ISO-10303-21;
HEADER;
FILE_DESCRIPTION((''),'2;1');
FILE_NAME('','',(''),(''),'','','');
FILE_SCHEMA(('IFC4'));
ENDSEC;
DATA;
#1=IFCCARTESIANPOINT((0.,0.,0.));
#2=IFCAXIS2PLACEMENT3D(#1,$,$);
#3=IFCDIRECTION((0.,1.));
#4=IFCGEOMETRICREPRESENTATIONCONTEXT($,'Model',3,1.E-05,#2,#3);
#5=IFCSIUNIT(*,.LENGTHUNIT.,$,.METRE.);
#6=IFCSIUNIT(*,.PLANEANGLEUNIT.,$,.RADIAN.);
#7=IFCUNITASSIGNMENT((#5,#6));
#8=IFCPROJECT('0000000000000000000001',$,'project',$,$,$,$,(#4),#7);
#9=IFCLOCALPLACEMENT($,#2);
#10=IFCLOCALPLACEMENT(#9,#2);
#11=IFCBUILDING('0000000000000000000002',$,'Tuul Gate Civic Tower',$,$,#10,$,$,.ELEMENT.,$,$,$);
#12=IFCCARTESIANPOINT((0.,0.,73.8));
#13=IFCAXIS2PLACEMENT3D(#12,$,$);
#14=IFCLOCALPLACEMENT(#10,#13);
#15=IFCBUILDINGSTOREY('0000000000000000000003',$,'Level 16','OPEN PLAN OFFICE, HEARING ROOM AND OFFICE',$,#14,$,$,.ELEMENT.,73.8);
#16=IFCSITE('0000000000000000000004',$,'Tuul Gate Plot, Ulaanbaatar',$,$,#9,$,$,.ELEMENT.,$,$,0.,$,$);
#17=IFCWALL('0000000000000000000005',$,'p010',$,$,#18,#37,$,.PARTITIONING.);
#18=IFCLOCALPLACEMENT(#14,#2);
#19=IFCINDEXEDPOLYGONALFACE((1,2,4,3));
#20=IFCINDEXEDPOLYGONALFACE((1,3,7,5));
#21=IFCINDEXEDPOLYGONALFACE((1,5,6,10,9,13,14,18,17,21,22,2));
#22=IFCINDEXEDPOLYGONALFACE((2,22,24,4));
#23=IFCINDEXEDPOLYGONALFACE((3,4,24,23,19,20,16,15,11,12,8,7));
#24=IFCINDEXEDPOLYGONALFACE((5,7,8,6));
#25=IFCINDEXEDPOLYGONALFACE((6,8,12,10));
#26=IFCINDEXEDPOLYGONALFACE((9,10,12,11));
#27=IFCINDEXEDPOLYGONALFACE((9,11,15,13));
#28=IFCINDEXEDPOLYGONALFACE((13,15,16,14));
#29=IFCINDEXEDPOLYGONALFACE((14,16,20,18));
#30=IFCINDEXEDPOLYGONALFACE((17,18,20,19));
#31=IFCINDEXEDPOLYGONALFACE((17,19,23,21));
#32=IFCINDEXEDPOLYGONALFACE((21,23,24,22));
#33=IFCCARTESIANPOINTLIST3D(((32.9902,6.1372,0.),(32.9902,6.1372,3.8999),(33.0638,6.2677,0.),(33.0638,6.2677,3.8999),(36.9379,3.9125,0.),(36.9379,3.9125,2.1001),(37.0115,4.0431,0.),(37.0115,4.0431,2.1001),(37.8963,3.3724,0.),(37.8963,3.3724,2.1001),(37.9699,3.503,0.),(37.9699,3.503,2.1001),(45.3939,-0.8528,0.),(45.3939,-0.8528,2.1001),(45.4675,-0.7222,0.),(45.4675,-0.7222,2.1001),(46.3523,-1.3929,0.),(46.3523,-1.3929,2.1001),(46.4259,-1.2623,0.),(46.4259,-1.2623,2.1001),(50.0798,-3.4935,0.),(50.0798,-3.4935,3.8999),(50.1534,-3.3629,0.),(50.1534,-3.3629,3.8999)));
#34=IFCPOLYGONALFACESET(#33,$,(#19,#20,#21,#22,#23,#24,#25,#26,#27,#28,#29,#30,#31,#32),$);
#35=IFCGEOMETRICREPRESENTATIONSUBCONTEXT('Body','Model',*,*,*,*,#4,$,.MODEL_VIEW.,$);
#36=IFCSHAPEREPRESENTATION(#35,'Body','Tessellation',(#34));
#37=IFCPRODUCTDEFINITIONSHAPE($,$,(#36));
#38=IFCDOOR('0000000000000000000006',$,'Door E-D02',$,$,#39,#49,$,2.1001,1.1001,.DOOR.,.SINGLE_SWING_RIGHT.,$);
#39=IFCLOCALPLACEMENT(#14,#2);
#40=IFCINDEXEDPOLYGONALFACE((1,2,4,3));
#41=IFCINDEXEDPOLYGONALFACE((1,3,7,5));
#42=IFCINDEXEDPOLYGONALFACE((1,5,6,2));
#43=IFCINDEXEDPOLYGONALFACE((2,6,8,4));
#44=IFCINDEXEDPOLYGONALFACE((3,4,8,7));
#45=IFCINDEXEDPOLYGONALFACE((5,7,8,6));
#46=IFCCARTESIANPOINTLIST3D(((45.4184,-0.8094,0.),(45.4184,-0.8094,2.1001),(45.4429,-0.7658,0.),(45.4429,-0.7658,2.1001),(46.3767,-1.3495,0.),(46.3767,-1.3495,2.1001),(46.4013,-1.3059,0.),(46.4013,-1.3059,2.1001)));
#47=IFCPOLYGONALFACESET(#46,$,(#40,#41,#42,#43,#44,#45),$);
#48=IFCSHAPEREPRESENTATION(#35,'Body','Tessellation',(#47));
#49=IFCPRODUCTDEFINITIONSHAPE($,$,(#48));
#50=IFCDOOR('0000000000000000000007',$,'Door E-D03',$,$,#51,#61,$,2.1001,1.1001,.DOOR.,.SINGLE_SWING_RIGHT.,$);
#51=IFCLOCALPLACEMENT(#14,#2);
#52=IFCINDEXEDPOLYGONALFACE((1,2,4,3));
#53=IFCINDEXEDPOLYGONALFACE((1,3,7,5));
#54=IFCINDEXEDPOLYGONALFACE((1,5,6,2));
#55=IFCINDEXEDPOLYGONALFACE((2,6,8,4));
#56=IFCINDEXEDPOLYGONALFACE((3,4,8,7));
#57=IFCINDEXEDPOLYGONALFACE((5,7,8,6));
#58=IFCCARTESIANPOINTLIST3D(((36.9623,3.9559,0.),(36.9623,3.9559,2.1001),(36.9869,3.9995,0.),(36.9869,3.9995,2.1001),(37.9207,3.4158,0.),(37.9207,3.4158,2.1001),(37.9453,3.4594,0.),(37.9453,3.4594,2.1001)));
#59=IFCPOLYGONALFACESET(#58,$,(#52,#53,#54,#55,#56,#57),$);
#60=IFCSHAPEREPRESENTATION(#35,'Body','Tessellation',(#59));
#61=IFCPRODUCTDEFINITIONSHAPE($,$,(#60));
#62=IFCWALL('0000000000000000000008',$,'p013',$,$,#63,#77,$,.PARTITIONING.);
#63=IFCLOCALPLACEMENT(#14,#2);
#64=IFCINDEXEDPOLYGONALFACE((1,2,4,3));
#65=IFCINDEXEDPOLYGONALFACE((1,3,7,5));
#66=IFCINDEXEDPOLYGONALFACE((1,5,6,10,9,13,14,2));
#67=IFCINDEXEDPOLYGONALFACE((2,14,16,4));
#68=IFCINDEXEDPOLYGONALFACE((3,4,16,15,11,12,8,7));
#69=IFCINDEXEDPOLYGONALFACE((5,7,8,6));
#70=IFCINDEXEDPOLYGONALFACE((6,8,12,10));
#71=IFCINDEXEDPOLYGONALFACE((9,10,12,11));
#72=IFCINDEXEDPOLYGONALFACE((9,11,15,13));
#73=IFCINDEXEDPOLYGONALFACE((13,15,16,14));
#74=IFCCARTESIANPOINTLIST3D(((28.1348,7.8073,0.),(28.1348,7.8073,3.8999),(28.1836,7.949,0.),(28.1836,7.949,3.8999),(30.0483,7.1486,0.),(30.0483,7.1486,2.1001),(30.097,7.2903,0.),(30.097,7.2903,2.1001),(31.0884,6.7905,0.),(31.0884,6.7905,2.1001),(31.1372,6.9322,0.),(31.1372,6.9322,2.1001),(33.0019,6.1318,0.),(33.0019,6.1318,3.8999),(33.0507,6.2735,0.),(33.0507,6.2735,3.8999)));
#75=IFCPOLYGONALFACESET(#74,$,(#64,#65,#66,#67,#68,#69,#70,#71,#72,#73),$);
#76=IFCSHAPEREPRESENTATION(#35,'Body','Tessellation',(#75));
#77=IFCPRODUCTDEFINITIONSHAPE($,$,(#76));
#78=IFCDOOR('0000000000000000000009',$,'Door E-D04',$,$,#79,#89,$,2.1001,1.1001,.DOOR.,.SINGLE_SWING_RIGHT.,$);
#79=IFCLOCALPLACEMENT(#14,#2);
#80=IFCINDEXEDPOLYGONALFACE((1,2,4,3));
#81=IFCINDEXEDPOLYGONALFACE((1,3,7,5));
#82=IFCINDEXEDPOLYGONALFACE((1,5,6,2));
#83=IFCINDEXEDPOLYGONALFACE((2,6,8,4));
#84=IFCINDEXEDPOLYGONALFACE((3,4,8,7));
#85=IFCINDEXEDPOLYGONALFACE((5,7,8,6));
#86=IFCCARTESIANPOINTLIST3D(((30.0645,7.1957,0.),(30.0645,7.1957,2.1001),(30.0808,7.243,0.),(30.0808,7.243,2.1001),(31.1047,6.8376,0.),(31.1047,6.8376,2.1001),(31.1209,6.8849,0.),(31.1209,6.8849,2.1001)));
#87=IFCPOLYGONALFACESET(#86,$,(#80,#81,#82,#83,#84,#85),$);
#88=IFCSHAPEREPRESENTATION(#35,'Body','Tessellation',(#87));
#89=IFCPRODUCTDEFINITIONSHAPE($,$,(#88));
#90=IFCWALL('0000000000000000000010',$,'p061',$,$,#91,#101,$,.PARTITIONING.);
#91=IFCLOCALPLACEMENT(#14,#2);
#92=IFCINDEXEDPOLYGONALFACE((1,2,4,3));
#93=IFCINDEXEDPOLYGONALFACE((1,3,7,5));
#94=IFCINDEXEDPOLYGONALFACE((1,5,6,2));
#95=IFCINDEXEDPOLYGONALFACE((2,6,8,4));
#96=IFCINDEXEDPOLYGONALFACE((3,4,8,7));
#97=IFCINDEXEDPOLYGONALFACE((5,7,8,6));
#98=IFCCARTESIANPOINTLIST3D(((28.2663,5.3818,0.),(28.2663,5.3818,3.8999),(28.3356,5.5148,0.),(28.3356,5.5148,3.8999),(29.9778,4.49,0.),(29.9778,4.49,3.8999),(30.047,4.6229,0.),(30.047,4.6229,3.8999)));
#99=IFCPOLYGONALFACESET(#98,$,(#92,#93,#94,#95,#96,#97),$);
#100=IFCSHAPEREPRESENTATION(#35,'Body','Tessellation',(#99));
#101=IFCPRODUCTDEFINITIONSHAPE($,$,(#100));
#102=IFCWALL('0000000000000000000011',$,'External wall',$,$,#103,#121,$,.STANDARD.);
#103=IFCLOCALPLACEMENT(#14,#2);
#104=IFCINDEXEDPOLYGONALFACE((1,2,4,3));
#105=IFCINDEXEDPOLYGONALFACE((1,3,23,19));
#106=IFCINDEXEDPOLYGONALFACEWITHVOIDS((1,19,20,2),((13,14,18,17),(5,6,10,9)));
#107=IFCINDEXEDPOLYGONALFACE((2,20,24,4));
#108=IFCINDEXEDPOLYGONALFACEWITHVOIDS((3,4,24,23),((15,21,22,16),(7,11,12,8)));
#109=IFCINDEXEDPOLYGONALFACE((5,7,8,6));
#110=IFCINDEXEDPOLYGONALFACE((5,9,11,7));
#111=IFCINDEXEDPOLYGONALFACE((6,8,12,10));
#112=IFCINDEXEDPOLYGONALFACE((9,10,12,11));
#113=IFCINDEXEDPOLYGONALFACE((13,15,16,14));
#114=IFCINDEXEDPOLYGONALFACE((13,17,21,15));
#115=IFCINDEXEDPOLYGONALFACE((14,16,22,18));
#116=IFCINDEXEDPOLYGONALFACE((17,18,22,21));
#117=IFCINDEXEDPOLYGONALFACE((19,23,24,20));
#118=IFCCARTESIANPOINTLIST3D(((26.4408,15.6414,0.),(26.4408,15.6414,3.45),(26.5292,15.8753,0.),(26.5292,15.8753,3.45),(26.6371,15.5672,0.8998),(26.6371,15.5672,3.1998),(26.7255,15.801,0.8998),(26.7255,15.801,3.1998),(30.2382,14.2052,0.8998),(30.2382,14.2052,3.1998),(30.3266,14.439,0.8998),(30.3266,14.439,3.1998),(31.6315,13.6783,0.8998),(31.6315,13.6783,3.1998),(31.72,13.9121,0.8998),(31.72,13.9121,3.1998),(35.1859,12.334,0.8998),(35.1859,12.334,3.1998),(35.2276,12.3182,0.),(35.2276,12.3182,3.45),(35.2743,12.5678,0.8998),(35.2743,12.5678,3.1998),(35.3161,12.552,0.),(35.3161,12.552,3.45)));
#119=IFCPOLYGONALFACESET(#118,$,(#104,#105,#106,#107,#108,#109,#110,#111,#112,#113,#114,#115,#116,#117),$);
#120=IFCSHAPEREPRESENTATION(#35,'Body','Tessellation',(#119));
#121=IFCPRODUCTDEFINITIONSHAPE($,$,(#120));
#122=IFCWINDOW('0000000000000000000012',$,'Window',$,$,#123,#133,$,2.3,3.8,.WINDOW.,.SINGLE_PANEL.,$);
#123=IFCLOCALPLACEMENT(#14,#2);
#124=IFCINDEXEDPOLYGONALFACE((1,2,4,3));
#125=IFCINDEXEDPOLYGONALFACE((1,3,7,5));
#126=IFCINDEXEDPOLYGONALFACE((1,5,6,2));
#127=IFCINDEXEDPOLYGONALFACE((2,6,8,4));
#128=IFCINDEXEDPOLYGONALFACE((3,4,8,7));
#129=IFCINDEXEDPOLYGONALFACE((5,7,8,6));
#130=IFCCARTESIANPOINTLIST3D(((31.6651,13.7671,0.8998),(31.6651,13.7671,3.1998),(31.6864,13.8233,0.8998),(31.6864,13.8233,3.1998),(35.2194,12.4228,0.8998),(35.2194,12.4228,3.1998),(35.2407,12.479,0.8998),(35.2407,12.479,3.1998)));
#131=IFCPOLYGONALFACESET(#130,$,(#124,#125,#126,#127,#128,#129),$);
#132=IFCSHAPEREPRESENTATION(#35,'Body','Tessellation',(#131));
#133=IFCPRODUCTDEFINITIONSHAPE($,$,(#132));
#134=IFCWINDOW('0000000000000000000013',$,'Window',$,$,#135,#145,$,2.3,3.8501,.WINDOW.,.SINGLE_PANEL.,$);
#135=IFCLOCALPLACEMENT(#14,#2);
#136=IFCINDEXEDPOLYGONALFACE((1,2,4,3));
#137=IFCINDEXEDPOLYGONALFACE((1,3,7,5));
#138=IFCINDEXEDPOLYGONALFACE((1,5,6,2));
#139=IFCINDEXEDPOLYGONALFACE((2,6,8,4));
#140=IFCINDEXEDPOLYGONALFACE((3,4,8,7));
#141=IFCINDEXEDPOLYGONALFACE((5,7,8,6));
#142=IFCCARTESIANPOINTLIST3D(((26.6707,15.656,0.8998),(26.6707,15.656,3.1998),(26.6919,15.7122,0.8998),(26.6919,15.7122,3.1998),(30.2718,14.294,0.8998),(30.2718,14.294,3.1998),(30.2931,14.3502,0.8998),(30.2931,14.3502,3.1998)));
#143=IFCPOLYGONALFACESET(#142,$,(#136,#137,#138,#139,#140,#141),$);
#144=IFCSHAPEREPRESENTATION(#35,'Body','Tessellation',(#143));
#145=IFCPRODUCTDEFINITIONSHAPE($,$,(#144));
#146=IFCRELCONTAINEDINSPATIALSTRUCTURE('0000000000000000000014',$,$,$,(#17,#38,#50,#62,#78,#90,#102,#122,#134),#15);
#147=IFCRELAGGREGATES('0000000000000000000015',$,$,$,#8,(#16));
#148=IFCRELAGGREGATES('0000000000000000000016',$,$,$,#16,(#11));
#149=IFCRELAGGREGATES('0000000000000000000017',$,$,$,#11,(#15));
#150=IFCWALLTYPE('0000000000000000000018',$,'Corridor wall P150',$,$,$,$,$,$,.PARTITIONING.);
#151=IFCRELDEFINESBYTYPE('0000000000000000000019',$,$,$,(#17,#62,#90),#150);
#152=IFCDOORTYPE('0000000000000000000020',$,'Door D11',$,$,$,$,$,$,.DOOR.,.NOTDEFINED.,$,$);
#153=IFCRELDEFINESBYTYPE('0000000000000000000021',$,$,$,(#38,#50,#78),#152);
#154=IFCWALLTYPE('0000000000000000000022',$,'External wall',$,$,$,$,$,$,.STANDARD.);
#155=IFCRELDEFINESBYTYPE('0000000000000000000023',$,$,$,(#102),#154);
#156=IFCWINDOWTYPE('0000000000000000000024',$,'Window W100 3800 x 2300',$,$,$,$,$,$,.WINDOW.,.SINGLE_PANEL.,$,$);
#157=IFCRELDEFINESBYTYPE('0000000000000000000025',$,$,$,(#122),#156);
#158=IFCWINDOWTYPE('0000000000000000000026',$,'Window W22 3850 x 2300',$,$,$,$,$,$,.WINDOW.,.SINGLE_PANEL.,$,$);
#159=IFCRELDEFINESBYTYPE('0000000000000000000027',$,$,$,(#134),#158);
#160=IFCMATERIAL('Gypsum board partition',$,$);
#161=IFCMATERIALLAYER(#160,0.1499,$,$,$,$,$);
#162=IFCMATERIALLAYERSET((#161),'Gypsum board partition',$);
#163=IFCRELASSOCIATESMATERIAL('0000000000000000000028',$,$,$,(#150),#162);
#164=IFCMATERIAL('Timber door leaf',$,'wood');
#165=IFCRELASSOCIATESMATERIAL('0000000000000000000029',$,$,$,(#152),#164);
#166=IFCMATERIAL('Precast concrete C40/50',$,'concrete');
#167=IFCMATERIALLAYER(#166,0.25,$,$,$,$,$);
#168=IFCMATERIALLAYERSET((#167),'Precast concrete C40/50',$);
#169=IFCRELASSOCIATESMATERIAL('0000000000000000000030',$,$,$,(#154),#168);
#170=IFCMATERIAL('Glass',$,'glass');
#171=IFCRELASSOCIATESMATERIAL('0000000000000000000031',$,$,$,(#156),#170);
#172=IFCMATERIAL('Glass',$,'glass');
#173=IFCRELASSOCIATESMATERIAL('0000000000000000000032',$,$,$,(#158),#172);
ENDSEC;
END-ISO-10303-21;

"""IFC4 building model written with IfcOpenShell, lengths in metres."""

from ifc_helpers import new_model, si_unit, direction, frame, frame_2d, origin, place, context, subcontext, project, spatial, rectangle, extrude, material, layer, layer_set, type_object, element, fill, save


model = new_model("IFC4")

# Units and contexts
model_context = context("Model", 3, precision=1e-05, world=origin(), true_north=direction((0.0, 1.0)))
body_context = subcontext(model_context, "Body", "Model", "MODEL_VIEW")
ifc_project = project(units=[si_unit("LENGTHUNIT", "METRE"), si_unit("PLANEANGLEUNIT", "RADIAN")], contexts=[model_context])

# Site, building, storey
site_placement = place(None, origin())
site = spatial("IfcSite", under=ifc_project, at=site_placement, Name="Tuul Gate Plot, Ulaanbaatar", CompositionType="ELEMENT", RefElevation=0.0)
building_placement = place(site_placement, origin())
building = spatial("IfcBuilding", under=site, at=building_placement, Name="Tuul Gate Civic Tower", CompositionType="ELEMENT")
storey_placement = place(building_placement, frame((0.0, 0.0, 73.8)))
storey = spatial("IfcBuildingStorey", under=building, at=storey_placement, Name="Level 16", Description="OPEN PLAN OFFICE, HEARING ROOM AND OFFICE", CompositionType="ELEMENT", Elevation=73.8)

# Wall, openings, doors
ifc_material_1 = material(Name="Gypsum board partition")
ifc_layer_1 = layer(ifc_material_1, 0.1499)
ifc_layer_set_1 = layer_set([ifc_layer_1], Name="Gypsum board partition")
wall_type_1 = type_object("IfcWallType", Name="Corridor wall P150", PredefinedType="PARTITIONING", material=ifc_layer_set_1)
wall_1_placement = place(storey_placement, frame((33.0271, 6.2024, 0.0), z_axis=(0.0, 0.0, 1.0), x_axis=(0.871189, -0.490947, 0.0)))
wall_1 = element("IfcWall", 1, at=wall_1_placement, inside=storey, type_object=wall_type_1, Name="p010", PredefinedType="PARTITIONING", context=body_context, shape_type="SweptSolid", body=[
    extrude(rectangle(XDim=19.6165, YDim=0.1499, at=frame_2d((9.8081, 0.0))), origin(), (0.0, 0.0, 1.0), 3.8999),
])
opening_1_placement = place(wall_1_placement, frame((14.2375, 0.0, 0.0)))
opening_1 = element("IfcOpeningElement", 2, at=opening_1_placement, cuts=wall_1, PredefinedType="OPENING", context=body_context, shape_type="SweptSolid", body=[
    extrude(rectangle(XDim=1.1001, YDim=2.1001, at=frame_2d((0.55, 1.05))), frame((0.0, 0.085, 0.0), z_axis=(0.0, -1.0, 0.0), x_axis=(1.0, 0.0, 0.0)), (0.0, 0.0, 1.0), 0.1699),
])
opening_2_placement = place(wall_1_placement, frame((4.5312, 0.0, 0.0)))
opening_2 = element("IfcOpeningElement", 3, at=opening_2_placement, cuts=wall_1, PredefinedType="OPENING", context=body_context, shape_type="SweptSolid", body=[
    extrude(rectangle(XDim=1.1001, YDim=2.1001, at=frame_2d((0.55, 1.05))), frame((0.0, 0.085, 0.0), z_axis=(0.0, -1.0, 0.0), x_axis=(1.0, 0.0, 0.0)), (0.0, 0.0, 1.0), 0.1699),
])
ifc_material_2 = material(Name="Timber door leaf", Category="wood")
door_type = type_object("IfcDoorType", Name="Door D11", OperationType="NOTDEFINED", PredefinedType="DOOR", material=ifc_material_2)
door_1_placement = place(opening_1_placement, origin())
door_1 = element("IfcDoor", 4, at=door_1_placement, inside=storey, type_object=door_type, Name="Door E-D02", OperationType="SINGLE_SWING_RIGHT", OverallHeight=2.1001, OverallWidth=1.1001, PredefinedType="DOOR", context=body_context, shape_type="SweptSolid", body=[
    extrude(rectangle(XDim=1.1001, YDim=2.1001, at=frame_2d((0.55, 1.05))), frame((0.0, 0.0249, 0.0), z_axis=(0.0, -1.0, 0.0), x_axis=(1.0, 0.0, 0.0)), (0.0, 0.0, 1.0), 0.05),
])
fill(opening_1, door_1)
door_2_placement = place(opening_2_placement, origin())
door_2 = element("IfcDoor", 5, at=door_2_placement, inside=storey, type_object=door_type, Name="Door E-D03", OperationType="SINGLE_SWING_RIGHT", OverallHeight=2.1001, OverallWidth=1.1001, PredefinedType="DOOR", context=body_context, shape_type="SweptSolid", body=[
    extrude(rectangle(XDim=1.1001, YDim=2.1001, at=frame_2d((0.55, 1.05))), frame((0.0, 0.0249, 0.0), z_axis=(0.0, -1.0, 0.0), x_axis=(1.0, 0.0, 0.0)), (0.0, 0.0, 1.0), 0.05),
])
fill(opening_2, door_2)

# Wall, opening, door
wall_2_placement = place(storey_placement, frame((28.1592, 7.8782, 0.0), z_axis=(0.0, 0.0, 1.0), x_axis=(0.945541, -0.325504, 0.0)))
wall_2 = element("IfcWall", 6, at=wall_2_placement, inside=storey, type_object=wall_type_1, Name="p013", PredefinedType="PARTITIONING", context=body_context, shape_type="SweptSolid", body=[
    extrude(rectangle(XDim=5.1475, YDim=0.1499, at=frame_2d((2.5737, 0.0))), origin(), (0.0, 0.0, 1.0), 3.8999),
])
opening_3_placement = place(wall_2_placement, frame((2.0237, 0.0, 0.0)))
opening_3 = element("IfcOpeningElement", 7, at=opening_3_placement, cuts=wall_2, PredefinedType="OPENING", context=body_context, shape_type="SweptSolid", body=[
    extrude(rectangle(XDim=1.1001, YDim=2.1001, at=frame_2d((0.55, 1.05))), frame((0.0, 0.085, 0.0), z_axis=(0.0, -1.0, 0.0), x_axis=(1.0, 0.0, 0.0)), (0.0, 0.0, 1.0), 0.1699),
])
door_3_placement = place(opening_3_placement, origin())
door_3 = element("IfcDoor", 8, at=door_3_placement, inside=storey, type_object=door_type, Name="Door E-D04", OperationType="SINGLE_SWING_RIGHT", OverallHeight=2.1001, OverallWidth=1.1001, PredefinedType="DOOR", context=body_context, shape_type="SweptSolid", body=[
    extrude(rectangle(XDim=1.1001, YDim=2.1001, at=frame_2d((0.55, 1.05))), frame((0.0, 0.0249, 0.0), z_axis=(0.0, -1.0, 0.0), x_axis=(1.0, 0.0, 0.0)), (0.0, 0.0, 1.0), 0.05),
])
fill(opening_3, door_3)

# Wall
wall_3_placement = place(storey_placement, frame((28.301, 5.4482, 0.0), z_axis=(0.0, 0.0, 1.0), x_axis=(0.886813, -0.462129, 0.0)))
element("IfcWall", 9, at=wall_3_placement, inside=storey, type_object=wall_type_1, Name="p061", PredefinedType="PARTITIONING", context=body_context, shape_type="SweptSolid", body=[
    extrude(rectangle(XDim=1.9299, YDim=0.1499, at=frame_2d((0.9648, 0.0))), origin(), (0.0, 0.0, 1.0), 3.8999),
])

# Wall, openings, windows
ifc_material_3 = material(Name="Precast concrete C40/50", Category="concrete")
ifc_layer_2 = layer(ifc_material_3, 0.25)
ifc_layer_set_2 = layer_set([ifc_layer_2], Name="Precast concrete C40/50")
wall_type_2 = type_object("IfcWallType", Name="External wall", PredefinedType="STANDARD", material=ifc_layer_set_2)
wall_4_placement = place(storey_placement, frame((35.272, 12.4351, 0.0), z_axis=(0.0, 0.0, 1.0), x_axis=(-0.93534, 0.353751, 0.0)))
wall_4 = element("IfcWall", 10, at=wall_4_placement, inside=storey, type_object=wall_type_2, Name="External wall", PredefinedType="STANDARD", context=body_context, shape_type="SweptSolid", body=[
    extrude(rectangle(XDim=9.3943, YDim=0.25, at=frame_2d((4.6973, 0.0))), origin(), (0.0, 0.0, 1.0), 3.45),
])
opening_4_placement = place(wall_4_placement, frame((0.0449, 0.0, 0.8999)))
opening_4 = element("IfcOpeningElement", 11, at=opening_4_placement, cuts=wall_4, PredefinedType="OPENING", context=body_context, shape_type="SweptSolid", body=[
    extrude(rectangle(XDim=3.8, YDim=2.3, at=frame_2d((1.8999, 1.1499))), frame((0.0, 0.135, 0.0), z_axis=(0.0, -1.0, 0.0), x_axis=(1.0, 0.0, 0.0)), (0.0, 0.0, 1.0), 0.27),
])
opening_5_placement = place(wall_4_placement, frame((5.3345, 0.0, 0.8999)))
opening_5 = element("IfcOpeningElement", 12, at=opening_5_placement, cuts=wall_4, PredefinedType="OPENING", context=body_context, shape_type="SweptSolid", body=[
    extrude(rectangle(XDim=3.8501, YDim=2.3, at=frame_2d((1.925, 1.1499))), frame((0.0, 0.135, 0.0), z_axis=(0.0, -1.0, 0.0), x_axis=(1.0, 0.0, 0.0)), (0.0, 0.0, 1.0), 0.27),
])
ifc_material_4 = material(Name="Glass", Category="glass")
window_type_1 = type_object("IfcWindowType", Name="Window W100 3800 x 2300", PartitioningType="SINGLE_PANEL", PredefinedType="WINDOW", material=ifc_material_4)
window_1_placement = place(opening_4_placement, origin())
window_1 = element("IfcWindow", 13, at=window_1_placement, inside=storey, type_object=window_type_1, Name="Window", OverallHeight=2.3, OverallWidth=3.8, PartitioningType="SINGLE_PANEL", PredefinedType="WINDOW", context=body_context, shape_type="SweptSolid", body=[
    extrude(rectangle(XDim=3.8, YDim=2.3, at=frame_2d((1.8999, 1.1499))), frame((0.0, 0.03, 0.0), z_axis=(0.0, -1.0, 0.0), x_axis=(1.0, 0.0, 0.0)), (0.0, 0.0, 1.0), 0.0601),
])
fill(opening_4, window_1)
ifc_material_5 = material(Name="Glass", Category="glass")
window_type_2 = type_object("IfcWindowType", Name="Window W22 3850 x 2300", PartitioningType="SINGLE_PANEL", PredefinedType="WINDOW", material=ifc_material_5)
window_2_placement = place(opening_5_placement, origin())
window_2 = element("IfcWindow", 14, at=window_2_placement, inside=storey, type_object=window_type_2, Name="Window", OverallHeight=2.3, OverallWidth=3.8501, PartitioningType="SINGLE_PANEL", PredefinedType="WINDOW", context=body_context, shape_type="SweptSolid", body=[
    extrude(rectangle(XDim=3.8501, YDim=2.3, at=frame_2d((1.925, 1.1499))), frame((0.0, 0.03, 0.0), z_axis=(0.0, -1.0, 0.0), x_axis=(1.0, 0.0, 0.0)), (0.0, 0.0, 1.0), 0.0601),
])
fill(opening_5, window_2)

save(model, "model.ifc")
